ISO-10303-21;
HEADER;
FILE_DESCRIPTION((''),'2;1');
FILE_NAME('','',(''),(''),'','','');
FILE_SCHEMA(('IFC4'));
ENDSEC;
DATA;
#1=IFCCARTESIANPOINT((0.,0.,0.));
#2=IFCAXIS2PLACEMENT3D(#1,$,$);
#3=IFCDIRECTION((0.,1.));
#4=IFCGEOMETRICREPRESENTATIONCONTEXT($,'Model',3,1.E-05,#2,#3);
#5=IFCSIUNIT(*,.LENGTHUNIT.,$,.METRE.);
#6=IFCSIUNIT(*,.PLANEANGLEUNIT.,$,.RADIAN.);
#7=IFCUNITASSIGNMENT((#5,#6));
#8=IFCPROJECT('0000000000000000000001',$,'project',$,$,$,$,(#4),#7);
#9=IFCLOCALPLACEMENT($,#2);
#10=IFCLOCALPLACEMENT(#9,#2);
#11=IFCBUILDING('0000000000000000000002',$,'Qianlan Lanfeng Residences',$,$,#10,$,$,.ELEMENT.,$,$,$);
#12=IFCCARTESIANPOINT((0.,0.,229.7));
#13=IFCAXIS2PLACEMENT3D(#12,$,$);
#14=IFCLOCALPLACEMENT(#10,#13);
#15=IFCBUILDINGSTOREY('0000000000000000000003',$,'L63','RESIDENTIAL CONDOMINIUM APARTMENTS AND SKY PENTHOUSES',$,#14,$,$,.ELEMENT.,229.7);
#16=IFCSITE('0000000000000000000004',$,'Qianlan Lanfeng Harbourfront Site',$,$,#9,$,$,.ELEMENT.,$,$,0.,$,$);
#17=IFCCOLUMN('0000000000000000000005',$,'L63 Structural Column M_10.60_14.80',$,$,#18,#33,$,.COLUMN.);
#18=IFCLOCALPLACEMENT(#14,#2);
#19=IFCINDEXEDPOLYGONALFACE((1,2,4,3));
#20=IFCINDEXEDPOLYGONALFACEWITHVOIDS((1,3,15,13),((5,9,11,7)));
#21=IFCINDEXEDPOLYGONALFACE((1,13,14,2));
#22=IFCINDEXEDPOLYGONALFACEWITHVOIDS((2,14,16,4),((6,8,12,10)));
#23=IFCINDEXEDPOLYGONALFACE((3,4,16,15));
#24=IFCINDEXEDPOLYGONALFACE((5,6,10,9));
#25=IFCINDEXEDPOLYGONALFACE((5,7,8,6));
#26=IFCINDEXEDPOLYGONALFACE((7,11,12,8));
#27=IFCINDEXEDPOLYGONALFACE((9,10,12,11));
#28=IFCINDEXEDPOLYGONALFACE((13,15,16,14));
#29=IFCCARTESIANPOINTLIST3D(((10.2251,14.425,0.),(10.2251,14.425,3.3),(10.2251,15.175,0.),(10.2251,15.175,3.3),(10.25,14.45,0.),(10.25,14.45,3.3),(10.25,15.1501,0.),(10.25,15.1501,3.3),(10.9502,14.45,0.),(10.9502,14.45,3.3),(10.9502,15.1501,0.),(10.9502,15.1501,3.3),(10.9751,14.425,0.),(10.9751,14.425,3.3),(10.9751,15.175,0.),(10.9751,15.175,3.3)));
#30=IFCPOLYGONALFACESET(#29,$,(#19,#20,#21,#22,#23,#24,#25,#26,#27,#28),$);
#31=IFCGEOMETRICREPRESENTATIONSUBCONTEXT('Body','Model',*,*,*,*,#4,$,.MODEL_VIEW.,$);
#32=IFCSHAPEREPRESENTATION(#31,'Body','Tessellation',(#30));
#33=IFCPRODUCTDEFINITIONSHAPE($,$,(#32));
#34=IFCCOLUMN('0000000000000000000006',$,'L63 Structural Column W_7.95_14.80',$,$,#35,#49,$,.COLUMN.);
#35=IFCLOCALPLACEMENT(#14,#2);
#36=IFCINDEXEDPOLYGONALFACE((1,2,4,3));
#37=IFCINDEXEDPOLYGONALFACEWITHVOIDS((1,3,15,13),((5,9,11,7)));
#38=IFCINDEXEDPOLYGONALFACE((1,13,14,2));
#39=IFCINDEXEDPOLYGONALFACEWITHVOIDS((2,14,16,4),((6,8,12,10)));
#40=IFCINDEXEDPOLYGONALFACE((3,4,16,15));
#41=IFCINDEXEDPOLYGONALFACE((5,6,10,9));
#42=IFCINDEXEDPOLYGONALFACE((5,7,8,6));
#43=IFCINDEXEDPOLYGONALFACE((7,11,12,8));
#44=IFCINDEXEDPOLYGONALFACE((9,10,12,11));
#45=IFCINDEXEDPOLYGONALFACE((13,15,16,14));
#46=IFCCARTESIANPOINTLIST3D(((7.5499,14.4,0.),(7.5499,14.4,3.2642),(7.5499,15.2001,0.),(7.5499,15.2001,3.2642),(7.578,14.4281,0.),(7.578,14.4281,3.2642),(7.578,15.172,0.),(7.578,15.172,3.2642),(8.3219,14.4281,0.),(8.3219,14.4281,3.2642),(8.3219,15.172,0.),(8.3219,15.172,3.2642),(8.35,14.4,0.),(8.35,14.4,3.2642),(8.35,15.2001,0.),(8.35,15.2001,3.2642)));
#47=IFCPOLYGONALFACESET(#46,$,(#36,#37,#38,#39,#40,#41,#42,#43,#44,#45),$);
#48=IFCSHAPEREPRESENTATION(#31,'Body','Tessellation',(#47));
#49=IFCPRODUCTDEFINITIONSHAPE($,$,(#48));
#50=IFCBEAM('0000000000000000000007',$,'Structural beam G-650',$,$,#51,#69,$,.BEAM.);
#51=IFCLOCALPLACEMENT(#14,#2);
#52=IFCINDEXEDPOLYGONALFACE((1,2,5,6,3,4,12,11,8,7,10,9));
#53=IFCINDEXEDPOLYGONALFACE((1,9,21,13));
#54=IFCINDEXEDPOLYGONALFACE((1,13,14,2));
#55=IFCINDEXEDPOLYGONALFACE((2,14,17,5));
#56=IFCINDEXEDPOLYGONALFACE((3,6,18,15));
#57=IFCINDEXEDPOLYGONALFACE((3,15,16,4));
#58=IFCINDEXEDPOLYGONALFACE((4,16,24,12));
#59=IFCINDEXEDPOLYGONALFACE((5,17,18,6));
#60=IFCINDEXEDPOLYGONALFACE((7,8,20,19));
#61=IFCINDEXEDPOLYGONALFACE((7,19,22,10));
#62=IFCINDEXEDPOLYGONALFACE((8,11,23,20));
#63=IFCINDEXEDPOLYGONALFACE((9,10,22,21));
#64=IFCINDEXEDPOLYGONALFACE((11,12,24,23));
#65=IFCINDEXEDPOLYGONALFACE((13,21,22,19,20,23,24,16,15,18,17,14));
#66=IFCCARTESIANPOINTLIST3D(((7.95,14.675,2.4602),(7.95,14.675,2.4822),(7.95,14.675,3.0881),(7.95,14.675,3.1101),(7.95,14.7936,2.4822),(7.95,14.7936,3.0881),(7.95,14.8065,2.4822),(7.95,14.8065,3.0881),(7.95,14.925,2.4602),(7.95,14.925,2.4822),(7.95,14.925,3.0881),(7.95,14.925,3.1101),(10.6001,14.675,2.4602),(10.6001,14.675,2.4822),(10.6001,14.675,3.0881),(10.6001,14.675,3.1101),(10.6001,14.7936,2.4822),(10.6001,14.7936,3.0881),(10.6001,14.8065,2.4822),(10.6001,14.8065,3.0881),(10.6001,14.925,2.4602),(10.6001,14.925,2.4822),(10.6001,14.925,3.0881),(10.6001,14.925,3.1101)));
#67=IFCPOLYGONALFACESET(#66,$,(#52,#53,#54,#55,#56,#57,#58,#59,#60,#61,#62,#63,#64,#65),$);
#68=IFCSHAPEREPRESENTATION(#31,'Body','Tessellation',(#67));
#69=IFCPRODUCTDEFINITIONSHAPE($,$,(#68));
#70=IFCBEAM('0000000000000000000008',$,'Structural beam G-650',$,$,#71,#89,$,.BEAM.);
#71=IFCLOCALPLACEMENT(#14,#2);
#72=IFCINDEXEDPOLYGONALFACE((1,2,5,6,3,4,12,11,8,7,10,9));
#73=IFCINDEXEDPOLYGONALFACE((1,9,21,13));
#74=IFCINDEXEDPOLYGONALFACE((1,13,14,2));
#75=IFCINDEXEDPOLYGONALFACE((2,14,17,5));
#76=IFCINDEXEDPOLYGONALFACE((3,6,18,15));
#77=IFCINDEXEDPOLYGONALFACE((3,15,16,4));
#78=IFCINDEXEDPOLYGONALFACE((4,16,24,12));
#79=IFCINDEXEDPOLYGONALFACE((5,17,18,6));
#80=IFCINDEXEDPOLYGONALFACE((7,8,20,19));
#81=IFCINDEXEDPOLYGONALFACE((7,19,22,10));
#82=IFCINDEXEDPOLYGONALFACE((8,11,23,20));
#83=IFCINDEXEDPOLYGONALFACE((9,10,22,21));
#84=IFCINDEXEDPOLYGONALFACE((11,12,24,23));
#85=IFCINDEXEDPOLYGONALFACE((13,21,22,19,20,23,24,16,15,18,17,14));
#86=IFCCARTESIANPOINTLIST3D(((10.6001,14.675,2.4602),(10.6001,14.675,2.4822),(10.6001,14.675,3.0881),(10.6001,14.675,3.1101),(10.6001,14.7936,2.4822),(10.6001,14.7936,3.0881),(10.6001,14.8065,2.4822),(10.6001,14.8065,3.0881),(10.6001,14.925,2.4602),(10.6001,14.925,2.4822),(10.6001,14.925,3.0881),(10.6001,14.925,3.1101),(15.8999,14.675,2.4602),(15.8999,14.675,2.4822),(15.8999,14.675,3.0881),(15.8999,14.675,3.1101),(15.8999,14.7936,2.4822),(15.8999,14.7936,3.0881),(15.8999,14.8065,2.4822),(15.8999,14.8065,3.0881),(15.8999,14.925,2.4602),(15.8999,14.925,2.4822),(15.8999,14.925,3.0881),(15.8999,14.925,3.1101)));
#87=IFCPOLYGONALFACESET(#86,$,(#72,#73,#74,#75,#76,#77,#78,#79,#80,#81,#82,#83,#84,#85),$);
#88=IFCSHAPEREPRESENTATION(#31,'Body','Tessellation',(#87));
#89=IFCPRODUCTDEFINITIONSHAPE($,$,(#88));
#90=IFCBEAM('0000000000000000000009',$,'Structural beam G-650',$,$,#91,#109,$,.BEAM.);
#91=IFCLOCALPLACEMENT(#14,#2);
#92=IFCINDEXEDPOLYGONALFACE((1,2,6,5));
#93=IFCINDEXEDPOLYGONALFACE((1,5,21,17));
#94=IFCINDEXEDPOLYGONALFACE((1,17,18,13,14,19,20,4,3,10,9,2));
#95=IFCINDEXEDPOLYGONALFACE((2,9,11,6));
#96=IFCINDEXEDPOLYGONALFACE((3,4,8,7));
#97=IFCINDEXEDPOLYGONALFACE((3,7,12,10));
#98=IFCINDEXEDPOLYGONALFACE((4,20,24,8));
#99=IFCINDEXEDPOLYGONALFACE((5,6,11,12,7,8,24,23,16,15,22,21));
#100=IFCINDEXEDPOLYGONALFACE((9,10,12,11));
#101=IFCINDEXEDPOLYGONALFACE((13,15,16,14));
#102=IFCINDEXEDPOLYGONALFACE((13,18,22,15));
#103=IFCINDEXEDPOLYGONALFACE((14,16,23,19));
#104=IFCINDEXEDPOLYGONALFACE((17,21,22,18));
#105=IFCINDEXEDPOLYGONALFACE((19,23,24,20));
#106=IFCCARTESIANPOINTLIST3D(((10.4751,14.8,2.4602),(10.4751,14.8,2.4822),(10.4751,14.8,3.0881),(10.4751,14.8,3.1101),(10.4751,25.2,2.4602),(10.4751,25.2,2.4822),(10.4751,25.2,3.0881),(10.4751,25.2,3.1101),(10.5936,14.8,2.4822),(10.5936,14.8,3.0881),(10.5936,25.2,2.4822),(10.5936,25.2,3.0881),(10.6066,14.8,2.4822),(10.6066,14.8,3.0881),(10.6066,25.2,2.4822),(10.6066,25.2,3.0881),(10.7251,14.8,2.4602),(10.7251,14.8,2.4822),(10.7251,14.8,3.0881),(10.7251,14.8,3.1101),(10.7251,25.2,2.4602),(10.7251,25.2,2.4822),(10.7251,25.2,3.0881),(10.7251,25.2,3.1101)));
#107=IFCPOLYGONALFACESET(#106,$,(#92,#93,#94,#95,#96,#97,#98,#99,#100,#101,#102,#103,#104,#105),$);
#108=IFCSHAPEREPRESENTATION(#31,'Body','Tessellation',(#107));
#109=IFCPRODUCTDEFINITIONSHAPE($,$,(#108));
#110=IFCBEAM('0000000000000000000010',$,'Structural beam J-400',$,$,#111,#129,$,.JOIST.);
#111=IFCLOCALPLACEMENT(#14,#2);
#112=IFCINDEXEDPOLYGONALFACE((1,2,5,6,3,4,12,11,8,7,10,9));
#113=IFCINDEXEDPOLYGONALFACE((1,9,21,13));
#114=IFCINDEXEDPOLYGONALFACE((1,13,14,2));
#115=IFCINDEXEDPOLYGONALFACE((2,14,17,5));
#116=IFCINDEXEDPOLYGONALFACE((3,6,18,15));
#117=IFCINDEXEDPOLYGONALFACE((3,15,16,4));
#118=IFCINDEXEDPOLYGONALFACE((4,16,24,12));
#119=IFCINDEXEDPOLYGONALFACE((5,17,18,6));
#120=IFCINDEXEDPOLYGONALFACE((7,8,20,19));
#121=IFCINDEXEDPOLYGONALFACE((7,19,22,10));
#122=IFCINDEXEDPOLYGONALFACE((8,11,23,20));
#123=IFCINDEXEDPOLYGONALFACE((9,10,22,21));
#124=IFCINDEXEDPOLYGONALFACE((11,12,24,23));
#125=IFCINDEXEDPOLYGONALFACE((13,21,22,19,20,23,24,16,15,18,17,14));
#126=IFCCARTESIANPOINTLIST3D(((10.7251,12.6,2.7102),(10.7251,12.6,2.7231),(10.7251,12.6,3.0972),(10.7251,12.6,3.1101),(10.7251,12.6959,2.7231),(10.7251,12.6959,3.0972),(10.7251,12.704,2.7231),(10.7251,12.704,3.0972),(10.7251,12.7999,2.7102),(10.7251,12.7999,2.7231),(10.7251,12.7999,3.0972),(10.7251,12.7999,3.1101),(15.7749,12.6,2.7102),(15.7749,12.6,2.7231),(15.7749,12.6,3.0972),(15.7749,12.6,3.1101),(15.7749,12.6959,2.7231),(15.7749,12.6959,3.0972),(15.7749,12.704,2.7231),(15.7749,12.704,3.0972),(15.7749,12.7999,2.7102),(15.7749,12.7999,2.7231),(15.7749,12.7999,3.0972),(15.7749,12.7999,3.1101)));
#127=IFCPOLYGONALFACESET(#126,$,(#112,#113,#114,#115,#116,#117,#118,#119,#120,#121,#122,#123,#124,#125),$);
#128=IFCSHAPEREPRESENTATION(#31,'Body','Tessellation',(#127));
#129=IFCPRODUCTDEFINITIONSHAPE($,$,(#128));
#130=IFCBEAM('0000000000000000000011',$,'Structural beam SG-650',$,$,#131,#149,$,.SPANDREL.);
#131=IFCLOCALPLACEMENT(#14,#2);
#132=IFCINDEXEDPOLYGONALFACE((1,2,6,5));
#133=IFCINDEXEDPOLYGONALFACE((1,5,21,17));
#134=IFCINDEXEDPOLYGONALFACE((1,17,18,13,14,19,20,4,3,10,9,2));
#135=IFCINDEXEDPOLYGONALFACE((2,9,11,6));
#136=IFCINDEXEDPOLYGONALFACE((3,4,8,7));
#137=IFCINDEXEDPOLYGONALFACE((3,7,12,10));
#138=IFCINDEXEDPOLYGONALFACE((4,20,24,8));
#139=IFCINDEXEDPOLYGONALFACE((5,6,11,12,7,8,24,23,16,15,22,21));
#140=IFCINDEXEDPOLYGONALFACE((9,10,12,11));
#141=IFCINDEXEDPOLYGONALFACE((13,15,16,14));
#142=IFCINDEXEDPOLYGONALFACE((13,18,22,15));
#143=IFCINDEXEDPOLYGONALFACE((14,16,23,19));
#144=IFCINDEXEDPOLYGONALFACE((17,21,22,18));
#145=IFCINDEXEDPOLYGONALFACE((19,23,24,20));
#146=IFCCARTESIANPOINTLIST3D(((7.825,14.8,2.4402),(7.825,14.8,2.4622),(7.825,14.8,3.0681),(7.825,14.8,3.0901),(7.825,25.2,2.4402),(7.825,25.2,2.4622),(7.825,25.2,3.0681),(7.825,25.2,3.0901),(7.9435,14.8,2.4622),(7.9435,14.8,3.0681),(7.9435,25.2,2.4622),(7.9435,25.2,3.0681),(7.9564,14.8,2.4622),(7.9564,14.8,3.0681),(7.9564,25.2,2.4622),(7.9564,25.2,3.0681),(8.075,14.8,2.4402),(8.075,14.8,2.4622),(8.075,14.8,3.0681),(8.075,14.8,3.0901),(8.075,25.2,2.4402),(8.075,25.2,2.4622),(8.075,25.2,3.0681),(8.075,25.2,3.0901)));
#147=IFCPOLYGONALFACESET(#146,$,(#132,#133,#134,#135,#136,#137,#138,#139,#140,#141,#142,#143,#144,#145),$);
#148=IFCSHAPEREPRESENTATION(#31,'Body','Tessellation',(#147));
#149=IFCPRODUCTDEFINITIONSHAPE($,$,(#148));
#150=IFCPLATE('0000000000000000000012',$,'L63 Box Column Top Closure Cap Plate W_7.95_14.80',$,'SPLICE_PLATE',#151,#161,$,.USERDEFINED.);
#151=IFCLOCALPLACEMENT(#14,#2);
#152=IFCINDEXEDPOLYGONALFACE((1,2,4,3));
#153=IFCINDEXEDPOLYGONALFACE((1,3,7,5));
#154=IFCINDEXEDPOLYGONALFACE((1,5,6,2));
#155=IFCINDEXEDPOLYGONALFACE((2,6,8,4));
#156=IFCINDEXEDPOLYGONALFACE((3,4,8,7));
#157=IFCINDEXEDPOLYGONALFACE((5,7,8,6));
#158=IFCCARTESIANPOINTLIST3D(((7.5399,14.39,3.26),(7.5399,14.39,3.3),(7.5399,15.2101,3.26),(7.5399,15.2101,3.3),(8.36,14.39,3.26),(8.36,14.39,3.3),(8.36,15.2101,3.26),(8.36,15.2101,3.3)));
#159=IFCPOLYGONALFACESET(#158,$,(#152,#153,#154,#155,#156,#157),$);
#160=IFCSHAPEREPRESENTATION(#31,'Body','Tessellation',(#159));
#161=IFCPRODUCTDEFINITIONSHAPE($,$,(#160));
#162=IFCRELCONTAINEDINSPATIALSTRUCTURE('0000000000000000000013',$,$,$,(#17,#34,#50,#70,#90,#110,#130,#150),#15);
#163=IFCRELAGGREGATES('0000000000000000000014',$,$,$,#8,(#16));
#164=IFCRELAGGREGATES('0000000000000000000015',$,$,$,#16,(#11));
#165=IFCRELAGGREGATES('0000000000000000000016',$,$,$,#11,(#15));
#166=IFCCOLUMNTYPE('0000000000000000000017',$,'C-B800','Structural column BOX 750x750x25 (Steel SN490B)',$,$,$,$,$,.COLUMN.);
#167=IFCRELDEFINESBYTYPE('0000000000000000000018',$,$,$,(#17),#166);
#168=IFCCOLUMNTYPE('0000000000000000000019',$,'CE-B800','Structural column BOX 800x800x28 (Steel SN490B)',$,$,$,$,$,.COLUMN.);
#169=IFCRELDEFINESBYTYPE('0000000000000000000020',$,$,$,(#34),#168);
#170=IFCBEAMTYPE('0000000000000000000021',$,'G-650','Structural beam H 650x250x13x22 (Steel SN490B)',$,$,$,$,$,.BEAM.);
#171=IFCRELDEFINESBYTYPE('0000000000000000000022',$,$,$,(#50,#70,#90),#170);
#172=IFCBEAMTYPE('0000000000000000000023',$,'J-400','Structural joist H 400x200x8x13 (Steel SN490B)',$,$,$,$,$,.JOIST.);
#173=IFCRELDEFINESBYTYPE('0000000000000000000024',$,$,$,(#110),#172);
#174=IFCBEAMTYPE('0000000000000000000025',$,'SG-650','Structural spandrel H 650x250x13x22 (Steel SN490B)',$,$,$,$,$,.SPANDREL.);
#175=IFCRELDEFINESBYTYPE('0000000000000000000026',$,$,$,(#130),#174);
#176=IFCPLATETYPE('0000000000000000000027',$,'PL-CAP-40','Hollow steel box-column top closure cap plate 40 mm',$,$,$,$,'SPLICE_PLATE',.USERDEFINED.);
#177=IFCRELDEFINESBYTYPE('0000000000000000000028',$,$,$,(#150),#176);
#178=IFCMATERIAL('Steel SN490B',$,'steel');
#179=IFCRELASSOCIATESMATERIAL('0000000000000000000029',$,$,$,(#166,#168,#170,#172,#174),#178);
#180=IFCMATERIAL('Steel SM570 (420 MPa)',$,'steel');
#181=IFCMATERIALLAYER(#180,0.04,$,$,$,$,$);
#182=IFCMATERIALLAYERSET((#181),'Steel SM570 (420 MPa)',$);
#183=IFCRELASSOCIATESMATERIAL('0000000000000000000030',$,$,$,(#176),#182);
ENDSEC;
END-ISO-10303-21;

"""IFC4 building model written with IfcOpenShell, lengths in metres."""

from ifc_helpers import new_model, si_unit, direction, frame, origin, origin_2d, place, context, subcontext, project, spatial, rectangle, hollow_rectangle, i_section, extrude, source, transform, mapped, material, layer, layer_set, material_profile, profile_set, type_object, element, save


model = new_model("IFC4")

# Units and contexts
model_context = context("Model", 3, precision=1e-05, world=origin(), true_north=direction((0.0, 1.0)))
body_context = subcontext(model_context, "Body", "Model", "MODEL_VIEW")
ifc_project = project(units=[si_unit("LENGTHUNIT", "METRE"), si_unit("PLANEANGLEUNIT", "RADIAN")], contexts=[model_context])

# Site, building, storey
site_placement = place(None, origin())
site = spatial("IfcSite", under=ifc_project, at=site_placement, Name="Qianlan Lanfeng Harbourfront Site", CompositionType="ELEMENT", RefElevation=0.0)
building_placement = place(site_placement, origin())
building = spatial("IfcBuilding", under=site, at=building_placement, Name="Qianlan Lanfeng Residences", CompositionType="ELEMENT")
storey_placement = place(building_placement, frame((0.0, 0.0, 229.7)))
storey = spatial("IfcBuildingStorey", under=building, at=storey_placement, Name="L63", Description="RESIDENTIAL CONDOMINIUM APARTMENTS AND SKY PENTHOUSES", CompositionType="ELEMENT", Elevation=229.7)

# Columns
ifc_material_1 = material(Name="Steel SN490B", Category="steel")
ifc_material_profile_1 = material_profile(ifc_material_1, hollow_rectangle(XDim=0.75, YDim=0.75, WallThickness=0.0249, at=origin_2d()), Name="BOX 750x750x25")
ifc_profile_set_1 = profile_set([ifc_material_profile_1], Name="Steel SN490B")
column_type_1 = type_object("IfcColumnType", Name="C-B800", Description="Structural column BOX 750x750x25 (Steel SN490B)", PredefinedType="COLUMN", material=ifc_profile_set_1)
column_1_placement = place(storey_placement, frame((10.6001, 14.8, 0.0), z_axis=(0.0, 0.0, 1.0), x_axis=(1.0, 0.0, 0.0)))
element("IfcColumn", 1, at=column_1_placement, inside=storey, type_object=column_type_1, Name="L63 Structural Column M_10.60_14.80", PredefinedType="COLUMN", context=body_context, shape_type="SweptSolid", body=[
    extrude(hollow_rectangle(XDim=0.75, YDim=0.75, WallThickness=0.0249, at=origin_2d()), origin(), (0.0, 0.0, 1.0), 3.3),
])
ifc_material_profile_2 = material_profile(ifc_material_1, hollow_rectangle(XDim=0.8, YDim=0.8, WallThickness=0.0281, at=origin_2d()), Name="BOX 800x800x28")
ifc_profile_set_2 = profile_set([ifc_material_profile_2], Name="Steel SN490B")
column_type_2 = type_object("IfcColumnType", Name="CE-B800", Description="Structural column BOX 800x800x28 (Steel SN490B)", PredefinedType="COLUMN", material=ifc_profile_set_2)
column_2_placement = place(storey_placement, frame((7.95, 14.8, 0.0), z_axis=(0.0, 0.0, 1.0), x_axis=(1.0, 0.0, 0.0)))
element("IfcColumn", 2, at=column_2_placement, inside=storey, type_object=column_type_2, Name="L63 Structural Column W_7.95_14.80", PredefinedType="COLUMN", context=body_context, shape_type="SweptSolid", body=[
    extrude(hollow_rectangle(XDim=0.8, YDim=0.8, WallThickness=0.0281, at=origin_2d()), origin(), (0.0, 0.0, 1.0), 3.2642),
])

# Beams
ifc_material_profile_3 = material_profile(ifc_material_1, i_section(OverallWidth=0.25, OverallDepth=0.6499, WebThickness=0.0129, FlangeThickness=0.022, at=origin_2d()), Name="H 650x250x13x22")
ifc_profile_set_3 = profile_set([ifc_material_profile_3], Name="Steel SN490B")
beam_type_1 = type_object("IfcBeamType", Name="G-650", Description="Structural beam H 650x250x13x22 (Steel SN490B)", PredefinedType="BEAM", material=ifc_profile_set_3)
beam_1_placement = place(storey_placement, frame((7.95, 14.8, 2.7852), z_axis=(1.0, 0.0, 0.0), x_axis=(0.0, 1.0, 0.0)))
element("IfcBeam", 3, at=beam_1_placement, inside=storey, type_object=beam_type_1, Name="Structural beam G-650", PredefinedType="BEAM", context=body_context, shape_type="SweptSolid", body=[
    extrude(i_section(OverallWidth=0.25, OverallDepth=0.6499, WebThickness=0.0129, FlangeThickness=0.022, at=origin_2d()), origin(), (0.0, 0.0, 1.0), 2.6501),
])
beam_2_placement = place(storey_placement, frame((10.6001, 14.8, 2.7852), z_axis=(1.0, 0.0, 0.0), x_axis=(0.0, 1.0, 0.0)))
element("IfcBeam", 4, at=beam_2_placement, inside=storey, type_object=beam_type_1, Name="Structural beam G-650", PredefinedType="BEAM", context=body_context, shape_type="SweptSolid", body=[
    extrude(i_section(OverallWidth=0.25, OverallDepth=0.6499, WebThickness=0.0129, FlangeThickness=0.022, at=origin_2d()), origin(), (0.0, 0.0, 1.0), 5.2998),
])
beam_3_placement = place(storey_placement, frame((10.6001, 14.8, 2.7852), z_axis=(0.0, 1.0, 0.0), x_axis=(-1.0, 0.0, 0.0)))
element("IfcBeam", 5, at=beam_3_placement, inside=storey, type_object=beam_type_1, Name="Structural beam G-650", PredefinedType="BEAM", context=body_context, shape_type="SweptSolid", body=[
    extrude(i_section(OverallWidth=0.25, OverallDepth=0.6499, WebThickness=0.0129, FlangeThickness=0.022, at=origin_2d()), origin(), (0.0, 0.0, 1.0), 10.3999),
])
ifc_material_profile_4 = material_profile(ifc_material_1, i_section(OverallWidth=0.2, OverallDepth=0.3999, WebThickness=0.0081, FlangeThickness=0.0129, at=origin_2d()), Name="H 400x200x8x13")
ifc_profile_set_4 = profile_set([ifc_material_profile_4], Name="Steel SN490B")
beam_type_2 = type_object("IfcBeamType", Name="J-400", Description="Structural joist H 400x200x8x13 (Steel SN490B)", PredefinedType="JOIST", material=ifc_profile_set_4)
beam_4_placement = place(storey_placement, frame((10.7251, 12.7, 2.9102), z_axis=(1.0, 0.0, 0.0), x_axis=(0.0, 1.0, 0.0)))
element("IfcBeam", 6, at=beam_4_placement, inside=storey, type_object=beam_type_2, Name="Structural beam J-400", PredefinedType="JOIST", context=body_context, shape_type="SweptSolid", body=[
    extrude(i_section(OverallWidth=0.2, OverallDepth=0.3999, WebThickness=0.0081, FlangeThickness=0.0129, at=origin_2d()), origin(), (0.0, 0.0, 1.0), 5.0498),
])
ifc_material_profile_5 = material_profile(ifc_material_1, i_section(OverallWidth=0.25, OverallDepth=0.6499, WebThickness=0.0129, FlangeThickness=0.022, at=origin_2d()), Name="H 650x250x13x22")
ifc_profile_set_5 = profile_set([ifc_material_profile_5], Name="Steel SN490B")
beam_type_3 = type_object("IfcBeamType", Name="SG-650", Description="Structural spandrel H 650x250x13x22 (Steel SN490B)", PredefinedType="SPANDREL", material=ifc_profile_set_5)
beam_5_placement = place(storey_placement, frame((7.95, 14.8, 2.7651), z_axis=(0.0, 1.0, 0.0), x_axis=(-1.0, 0.0, 0.0)))
element("IfcBeam", 7, at=beam_5_placement, inside=storey, type_object=beam_type_3, Name="Structural beam SG-650", PredefinedType="SPANDREL", context=body_context, shape_type="SweptSolid", body=[
    extrude(i_section(OverallWidth=0.25, OverallDepth=0.6499, WebThickness=0.0129, FlangeThickness=0.022, at=origin_2d()), origin(), (0.0, 0.0, 1.0), 10.3999),
])

# Plate
ifc_material_2 = material(Name="Steel SM570 (420 MPa)", Category="steel")
ifc_layer_1 = layer(ifc_material_2, 0.04)
ifc_layer_set_1 = layer_set([ifc_layer_1], Name="Steel SM570 (420 MPa)")
plate_type = type_object("IfcPlateType", Name="PL-CAP-40", Description="Hollow steel box-column top closure cap plate 40 mm", ElementType="SPLICE_PLATE", PredefinedType="USERDEFINED", material=ifc_layer_set_1)
shared_shape = source(origin(), body_context, "Body", "SweptSolid", [
    extrude(rectangle(XDim=0.8201, YDim=0.8201, at=origin_2d()), origin(), (0.0, 0.0, 1.0), 0.04),
])
plate_placement = place(storey_placement, frame((7.95, 14.8, 3.26), z_axis=(0.0, 0.0, 1.0), x_axis=(1.0, 0.0, 0.0)))
element("IfcPlate", 8, at=plate_placement, inside=storey, type_object=plate_type, Name="L63 Box Column Top Closure Cap Plate W_7.95_14.80", ObjectType="SPLICE_PLATE", PredefinedType="USERDEFINED", context=body_context, shape_type="MappedRepresentation", body=[
    mapped(shared_shape, transform((0.0, 0.0, 0.0), scale=1.0)),
])

save(model, "model.ifc")
